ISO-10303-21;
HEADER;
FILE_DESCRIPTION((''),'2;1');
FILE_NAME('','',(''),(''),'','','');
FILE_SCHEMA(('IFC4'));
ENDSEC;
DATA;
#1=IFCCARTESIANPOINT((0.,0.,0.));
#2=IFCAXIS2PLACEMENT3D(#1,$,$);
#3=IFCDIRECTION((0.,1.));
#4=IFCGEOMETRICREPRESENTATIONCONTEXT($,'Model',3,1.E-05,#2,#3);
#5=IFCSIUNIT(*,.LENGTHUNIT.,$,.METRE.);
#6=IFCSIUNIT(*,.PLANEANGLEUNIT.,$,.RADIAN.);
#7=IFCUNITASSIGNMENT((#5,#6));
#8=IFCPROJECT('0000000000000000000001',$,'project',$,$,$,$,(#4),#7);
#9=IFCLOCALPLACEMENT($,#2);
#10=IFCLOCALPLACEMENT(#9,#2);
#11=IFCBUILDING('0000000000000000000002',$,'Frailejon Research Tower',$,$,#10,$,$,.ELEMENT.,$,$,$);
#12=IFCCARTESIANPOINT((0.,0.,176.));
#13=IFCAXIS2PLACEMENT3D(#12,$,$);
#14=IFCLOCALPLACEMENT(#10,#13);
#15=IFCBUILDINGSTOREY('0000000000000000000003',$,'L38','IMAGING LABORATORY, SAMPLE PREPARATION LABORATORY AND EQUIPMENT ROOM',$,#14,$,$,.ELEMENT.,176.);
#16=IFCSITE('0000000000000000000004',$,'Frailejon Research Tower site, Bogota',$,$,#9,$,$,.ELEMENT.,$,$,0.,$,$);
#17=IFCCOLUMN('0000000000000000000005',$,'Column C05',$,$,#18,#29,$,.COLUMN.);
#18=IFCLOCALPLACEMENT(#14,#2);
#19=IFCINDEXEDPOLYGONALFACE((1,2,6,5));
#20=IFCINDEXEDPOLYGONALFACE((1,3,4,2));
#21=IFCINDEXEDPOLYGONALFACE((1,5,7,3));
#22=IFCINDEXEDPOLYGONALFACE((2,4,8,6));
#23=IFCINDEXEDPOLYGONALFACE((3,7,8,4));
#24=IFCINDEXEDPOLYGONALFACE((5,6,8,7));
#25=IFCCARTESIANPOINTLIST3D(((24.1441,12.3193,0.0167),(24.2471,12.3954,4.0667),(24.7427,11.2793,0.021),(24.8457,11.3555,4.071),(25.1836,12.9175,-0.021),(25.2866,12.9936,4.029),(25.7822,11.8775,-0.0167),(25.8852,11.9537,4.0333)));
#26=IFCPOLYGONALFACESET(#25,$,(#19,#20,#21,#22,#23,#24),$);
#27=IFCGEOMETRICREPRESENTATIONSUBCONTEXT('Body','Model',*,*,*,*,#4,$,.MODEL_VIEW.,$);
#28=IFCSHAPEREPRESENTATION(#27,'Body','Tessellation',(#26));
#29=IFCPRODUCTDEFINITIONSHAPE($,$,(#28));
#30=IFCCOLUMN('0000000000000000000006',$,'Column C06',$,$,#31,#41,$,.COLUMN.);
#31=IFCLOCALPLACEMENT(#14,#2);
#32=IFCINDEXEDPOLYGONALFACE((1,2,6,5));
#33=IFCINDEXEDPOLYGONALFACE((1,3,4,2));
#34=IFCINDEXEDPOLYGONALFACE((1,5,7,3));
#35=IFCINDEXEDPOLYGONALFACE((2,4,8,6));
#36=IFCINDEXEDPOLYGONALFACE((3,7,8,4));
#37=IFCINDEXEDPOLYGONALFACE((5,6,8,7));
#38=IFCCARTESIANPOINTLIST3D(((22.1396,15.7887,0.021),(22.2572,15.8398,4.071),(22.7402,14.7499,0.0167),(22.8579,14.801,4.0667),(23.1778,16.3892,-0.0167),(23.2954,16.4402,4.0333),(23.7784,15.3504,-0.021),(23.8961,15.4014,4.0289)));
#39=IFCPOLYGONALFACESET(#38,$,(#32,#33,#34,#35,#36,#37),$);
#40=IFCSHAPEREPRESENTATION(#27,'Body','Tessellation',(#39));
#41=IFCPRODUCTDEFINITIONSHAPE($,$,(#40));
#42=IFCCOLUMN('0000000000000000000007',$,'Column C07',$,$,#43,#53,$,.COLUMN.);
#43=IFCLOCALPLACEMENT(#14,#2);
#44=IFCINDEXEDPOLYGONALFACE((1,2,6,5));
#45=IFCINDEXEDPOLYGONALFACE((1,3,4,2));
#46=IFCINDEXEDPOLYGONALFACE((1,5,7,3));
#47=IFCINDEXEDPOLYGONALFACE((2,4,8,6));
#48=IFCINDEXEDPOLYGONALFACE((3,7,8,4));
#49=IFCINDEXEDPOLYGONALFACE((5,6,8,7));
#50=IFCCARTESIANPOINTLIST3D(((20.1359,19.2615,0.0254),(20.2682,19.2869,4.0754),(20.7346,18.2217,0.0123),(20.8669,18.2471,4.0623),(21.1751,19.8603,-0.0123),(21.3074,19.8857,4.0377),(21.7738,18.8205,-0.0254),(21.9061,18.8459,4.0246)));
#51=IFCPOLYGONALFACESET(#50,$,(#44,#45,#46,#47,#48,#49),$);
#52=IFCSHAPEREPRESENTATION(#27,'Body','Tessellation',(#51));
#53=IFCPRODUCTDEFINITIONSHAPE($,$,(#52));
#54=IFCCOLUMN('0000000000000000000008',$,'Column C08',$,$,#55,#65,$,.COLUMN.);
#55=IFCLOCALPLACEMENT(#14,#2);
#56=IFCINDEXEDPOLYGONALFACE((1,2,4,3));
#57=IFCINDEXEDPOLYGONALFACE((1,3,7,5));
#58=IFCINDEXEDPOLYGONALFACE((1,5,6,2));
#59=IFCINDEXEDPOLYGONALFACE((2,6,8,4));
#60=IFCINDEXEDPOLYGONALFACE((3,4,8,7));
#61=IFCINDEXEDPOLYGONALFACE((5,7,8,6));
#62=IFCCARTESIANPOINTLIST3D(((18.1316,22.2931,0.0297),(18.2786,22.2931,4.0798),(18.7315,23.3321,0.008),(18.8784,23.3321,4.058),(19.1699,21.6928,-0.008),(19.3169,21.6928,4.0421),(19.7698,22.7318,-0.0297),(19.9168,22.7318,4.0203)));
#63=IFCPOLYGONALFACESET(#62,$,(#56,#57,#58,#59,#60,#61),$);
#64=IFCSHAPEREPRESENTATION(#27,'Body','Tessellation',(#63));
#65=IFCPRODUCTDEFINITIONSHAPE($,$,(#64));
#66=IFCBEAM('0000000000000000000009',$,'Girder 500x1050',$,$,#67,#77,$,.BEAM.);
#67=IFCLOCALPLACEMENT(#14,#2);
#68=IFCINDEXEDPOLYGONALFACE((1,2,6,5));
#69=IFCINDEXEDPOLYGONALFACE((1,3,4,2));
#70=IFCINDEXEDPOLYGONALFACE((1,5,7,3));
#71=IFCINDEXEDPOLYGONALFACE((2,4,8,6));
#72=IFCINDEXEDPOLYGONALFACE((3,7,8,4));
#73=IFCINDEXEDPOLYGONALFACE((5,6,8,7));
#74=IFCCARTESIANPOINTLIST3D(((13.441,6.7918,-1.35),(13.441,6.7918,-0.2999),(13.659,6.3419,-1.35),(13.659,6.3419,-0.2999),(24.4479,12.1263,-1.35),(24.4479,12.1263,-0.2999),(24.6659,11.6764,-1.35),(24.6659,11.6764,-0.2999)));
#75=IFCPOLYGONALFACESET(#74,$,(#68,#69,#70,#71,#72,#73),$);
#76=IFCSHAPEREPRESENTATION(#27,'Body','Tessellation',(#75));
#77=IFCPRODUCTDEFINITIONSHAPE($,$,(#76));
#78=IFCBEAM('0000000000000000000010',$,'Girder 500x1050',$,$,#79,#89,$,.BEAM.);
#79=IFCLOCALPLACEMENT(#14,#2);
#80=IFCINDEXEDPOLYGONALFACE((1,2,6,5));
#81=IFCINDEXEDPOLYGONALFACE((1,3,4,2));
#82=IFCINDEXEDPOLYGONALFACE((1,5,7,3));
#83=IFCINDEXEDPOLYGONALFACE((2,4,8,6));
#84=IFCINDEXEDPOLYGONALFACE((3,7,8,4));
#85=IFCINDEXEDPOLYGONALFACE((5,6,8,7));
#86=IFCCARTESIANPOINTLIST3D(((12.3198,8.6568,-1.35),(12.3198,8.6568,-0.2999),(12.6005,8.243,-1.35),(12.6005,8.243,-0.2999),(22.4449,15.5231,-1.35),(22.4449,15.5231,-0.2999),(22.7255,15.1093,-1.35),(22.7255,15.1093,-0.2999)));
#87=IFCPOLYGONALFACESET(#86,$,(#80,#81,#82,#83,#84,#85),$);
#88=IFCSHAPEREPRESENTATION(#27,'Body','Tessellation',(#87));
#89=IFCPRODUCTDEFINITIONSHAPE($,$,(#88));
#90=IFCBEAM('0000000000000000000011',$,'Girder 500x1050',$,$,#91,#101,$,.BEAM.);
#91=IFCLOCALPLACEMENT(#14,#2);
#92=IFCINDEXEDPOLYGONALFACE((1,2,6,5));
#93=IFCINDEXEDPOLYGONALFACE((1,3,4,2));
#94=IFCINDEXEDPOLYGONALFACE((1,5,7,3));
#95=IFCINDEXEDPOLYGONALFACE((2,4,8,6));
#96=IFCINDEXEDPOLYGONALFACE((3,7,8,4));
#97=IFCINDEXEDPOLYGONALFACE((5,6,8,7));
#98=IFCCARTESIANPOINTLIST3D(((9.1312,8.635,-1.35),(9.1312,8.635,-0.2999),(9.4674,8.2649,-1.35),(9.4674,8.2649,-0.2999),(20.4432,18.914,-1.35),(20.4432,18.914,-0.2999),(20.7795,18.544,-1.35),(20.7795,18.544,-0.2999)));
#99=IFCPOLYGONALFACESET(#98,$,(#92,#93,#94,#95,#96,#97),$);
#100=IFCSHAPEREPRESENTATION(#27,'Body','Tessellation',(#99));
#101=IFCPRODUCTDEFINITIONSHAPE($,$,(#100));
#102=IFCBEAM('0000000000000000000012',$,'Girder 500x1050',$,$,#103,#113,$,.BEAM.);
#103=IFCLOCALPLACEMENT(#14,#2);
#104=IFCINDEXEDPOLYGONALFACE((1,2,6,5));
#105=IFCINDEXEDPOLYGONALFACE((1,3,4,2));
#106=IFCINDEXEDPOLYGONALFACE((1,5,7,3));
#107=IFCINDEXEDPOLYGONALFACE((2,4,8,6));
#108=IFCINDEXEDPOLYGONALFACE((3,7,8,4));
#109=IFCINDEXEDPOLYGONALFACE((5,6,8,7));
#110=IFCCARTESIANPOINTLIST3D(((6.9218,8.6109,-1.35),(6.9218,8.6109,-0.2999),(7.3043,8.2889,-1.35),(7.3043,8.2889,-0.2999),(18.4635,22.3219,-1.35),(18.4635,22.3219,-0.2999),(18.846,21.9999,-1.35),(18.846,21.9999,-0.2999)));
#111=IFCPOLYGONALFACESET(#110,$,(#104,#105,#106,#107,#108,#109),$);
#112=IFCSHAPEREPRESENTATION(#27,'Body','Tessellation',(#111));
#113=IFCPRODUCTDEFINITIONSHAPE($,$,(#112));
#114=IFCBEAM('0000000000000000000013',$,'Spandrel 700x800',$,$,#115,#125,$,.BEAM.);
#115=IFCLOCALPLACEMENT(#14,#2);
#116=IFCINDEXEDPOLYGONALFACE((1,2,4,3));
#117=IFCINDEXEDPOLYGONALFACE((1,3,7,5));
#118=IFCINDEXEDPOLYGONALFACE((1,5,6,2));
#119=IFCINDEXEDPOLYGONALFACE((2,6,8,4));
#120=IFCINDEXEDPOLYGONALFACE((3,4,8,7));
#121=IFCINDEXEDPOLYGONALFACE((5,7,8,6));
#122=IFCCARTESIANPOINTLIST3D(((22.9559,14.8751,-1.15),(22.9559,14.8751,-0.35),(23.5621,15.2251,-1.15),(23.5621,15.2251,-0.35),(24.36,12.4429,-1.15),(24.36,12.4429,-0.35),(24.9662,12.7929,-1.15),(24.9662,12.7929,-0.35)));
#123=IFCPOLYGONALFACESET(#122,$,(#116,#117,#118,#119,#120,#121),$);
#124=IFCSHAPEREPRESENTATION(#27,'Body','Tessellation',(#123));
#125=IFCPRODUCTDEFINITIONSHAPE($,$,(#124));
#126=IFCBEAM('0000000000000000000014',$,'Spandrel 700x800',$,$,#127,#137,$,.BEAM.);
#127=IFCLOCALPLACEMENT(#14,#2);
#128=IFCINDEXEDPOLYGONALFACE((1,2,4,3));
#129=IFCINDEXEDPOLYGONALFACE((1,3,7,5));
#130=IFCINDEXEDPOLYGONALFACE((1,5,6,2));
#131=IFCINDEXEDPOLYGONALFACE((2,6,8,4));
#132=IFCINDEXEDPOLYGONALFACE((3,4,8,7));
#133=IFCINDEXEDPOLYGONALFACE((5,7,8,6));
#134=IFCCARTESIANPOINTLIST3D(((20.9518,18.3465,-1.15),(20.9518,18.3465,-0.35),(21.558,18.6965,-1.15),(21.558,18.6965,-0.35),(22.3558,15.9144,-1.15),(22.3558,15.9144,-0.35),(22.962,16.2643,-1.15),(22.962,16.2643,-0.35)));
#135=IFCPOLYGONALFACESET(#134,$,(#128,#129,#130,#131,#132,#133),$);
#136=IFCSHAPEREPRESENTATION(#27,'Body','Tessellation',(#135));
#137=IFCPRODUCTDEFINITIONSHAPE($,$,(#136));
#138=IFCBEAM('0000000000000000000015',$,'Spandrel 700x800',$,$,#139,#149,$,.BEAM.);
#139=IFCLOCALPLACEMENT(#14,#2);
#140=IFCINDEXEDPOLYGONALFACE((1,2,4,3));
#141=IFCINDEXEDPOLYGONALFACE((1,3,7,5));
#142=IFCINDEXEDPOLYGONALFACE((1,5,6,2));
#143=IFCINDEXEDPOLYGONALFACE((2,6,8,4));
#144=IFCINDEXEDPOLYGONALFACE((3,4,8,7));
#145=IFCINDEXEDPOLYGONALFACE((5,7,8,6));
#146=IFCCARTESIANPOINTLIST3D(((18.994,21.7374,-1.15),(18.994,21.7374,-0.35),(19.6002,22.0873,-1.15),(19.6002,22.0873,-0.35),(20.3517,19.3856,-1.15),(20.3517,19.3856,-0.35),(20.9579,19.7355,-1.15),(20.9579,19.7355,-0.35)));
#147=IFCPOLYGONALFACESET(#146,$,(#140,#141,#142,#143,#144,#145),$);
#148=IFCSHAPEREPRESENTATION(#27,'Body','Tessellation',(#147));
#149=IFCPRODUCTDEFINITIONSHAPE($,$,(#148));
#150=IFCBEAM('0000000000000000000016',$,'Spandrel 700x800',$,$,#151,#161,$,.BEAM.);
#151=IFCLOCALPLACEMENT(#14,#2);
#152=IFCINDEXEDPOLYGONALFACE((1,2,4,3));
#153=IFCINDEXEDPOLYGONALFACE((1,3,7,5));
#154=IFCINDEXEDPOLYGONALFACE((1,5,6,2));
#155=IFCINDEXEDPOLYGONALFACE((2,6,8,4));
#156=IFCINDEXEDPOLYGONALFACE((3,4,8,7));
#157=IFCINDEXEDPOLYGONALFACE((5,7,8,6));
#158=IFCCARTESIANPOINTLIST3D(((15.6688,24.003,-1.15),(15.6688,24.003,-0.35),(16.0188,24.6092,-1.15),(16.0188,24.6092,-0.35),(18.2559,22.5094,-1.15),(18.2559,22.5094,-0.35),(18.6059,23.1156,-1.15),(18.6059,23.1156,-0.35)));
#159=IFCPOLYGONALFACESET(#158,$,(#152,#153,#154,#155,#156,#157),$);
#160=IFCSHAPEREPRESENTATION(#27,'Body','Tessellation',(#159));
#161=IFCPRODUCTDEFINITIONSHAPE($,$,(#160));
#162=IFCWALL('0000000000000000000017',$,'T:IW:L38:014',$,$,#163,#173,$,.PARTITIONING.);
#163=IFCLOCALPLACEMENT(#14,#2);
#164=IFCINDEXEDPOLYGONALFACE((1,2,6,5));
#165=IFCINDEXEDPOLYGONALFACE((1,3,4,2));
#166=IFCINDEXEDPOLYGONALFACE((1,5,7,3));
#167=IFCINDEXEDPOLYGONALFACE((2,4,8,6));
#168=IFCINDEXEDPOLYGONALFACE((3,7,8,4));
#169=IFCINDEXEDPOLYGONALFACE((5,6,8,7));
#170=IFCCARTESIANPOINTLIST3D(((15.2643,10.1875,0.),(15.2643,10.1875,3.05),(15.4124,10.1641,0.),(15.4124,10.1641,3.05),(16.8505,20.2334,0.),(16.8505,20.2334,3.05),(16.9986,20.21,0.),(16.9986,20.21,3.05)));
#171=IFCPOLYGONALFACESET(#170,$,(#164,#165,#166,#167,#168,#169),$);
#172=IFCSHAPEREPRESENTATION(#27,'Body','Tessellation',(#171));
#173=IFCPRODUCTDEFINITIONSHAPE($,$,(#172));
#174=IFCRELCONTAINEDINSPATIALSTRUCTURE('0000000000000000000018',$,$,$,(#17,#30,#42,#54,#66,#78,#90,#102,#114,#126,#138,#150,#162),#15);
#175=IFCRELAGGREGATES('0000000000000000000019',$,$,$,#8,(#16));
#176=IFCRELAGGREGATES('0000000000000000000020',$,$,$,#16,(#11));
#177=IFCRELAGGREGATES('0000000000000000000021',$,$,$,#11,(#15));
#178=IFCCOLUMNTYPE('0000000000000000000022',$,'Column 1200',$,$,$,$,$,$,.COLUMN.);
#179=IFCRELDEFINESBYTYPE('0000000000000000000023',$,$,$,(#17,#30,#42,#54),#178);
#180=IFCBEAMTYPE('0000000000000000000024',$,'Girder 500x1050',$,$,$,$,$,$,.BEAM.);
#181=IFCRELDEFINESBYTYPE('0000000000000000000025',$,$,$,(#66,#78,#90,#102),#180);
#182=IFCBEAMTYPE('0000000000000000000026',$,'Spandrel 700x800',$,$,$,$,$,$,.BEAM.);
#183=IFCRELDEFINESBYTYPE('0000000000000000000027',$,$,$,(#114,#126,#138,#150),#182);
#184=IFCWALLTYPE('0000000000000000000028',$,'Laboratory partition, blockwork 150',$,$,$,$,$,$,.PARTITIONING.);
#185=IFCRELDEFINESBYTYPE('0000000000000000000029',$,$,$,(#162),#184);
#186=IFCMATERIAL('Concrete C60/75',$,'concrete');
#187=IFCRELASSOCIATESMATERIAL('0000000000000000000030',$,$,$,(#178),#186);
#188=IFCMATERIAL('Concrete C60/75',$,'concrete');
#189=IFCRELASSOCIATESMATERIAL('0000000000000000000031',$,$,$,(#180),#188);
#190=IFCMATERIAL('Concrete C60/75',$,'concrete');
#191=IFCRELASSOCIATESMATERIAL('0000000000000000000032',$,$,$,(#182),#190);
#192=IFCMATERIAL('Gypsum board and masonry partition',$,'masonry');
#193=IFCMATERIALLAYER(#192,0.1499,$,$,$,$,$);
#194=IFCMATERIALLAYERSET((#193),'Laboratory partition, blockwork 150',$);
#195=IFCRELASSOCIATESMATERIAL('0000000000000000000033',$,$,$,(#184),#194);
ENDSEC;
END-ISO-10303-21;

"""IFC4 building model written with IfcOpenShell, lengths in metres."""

from ifc_helpers import new_model, si_unit, direction, frame, frame_2d, origin, origin_2d, place, context, subcontext, project, spatial, rectangle, extrude, material, layer, layer_set, material_profile, profile_set, type_object, element, save


model = new_model("IFC4")

# Units and contexts
model_context = context("Model", 3, precision=1e-05, world=origin(), true_north=direction((0.0, 1.0)))
body_context = subcontext(model_context, "Body", "Model", "MODEL_VIEW")
ifc_project = project(units=[si_unit("LENGTHUNIT", "METRE"), si_unit("PLANEANGLEUNIT", "RADIAN")], contexts=[model_context])

# Site, building, storey
site_placement = place(None, origin())
site = spatial("IfcSite", under=ifc_project, at=site_placement, Name="Frailejon Research Tower site, Bogota", CompositionType="ELEMENT", RefElevation=0.0)
building_placement = place(site_placement, origin())
building = spatial("IfcBuilding", under=site, at=building_placement, Name="Frailejon Research Tower", CompositionType="ELEMENT")
storey_placement = place(building_placement, frame((0.0, 0.0, 176.0)))
storey = spatial("IfcBuildingStorey", under=building, at=storey_placement, Name="L38", Description="IMAGING LABORATORY, SAMPLE PREPARATION LABORATORY AND EQUIPMENT ROOM", CompositionType="ELEMENT", Elevation=176.0)

# Columns
ifc_material_1 = material(Name="Concrete C60/75", Category="concrete")
ifc_material_profile_1 = material_profile(ifc_material_1, rectangle(XDim=1.2, YDim=1.2, at=origin_2d()), Name="Column 1200")
ifc_profile_set_1 = profile_set([ifc_material_profile_1], Name="Concrete C60/75")
column_type = type_object("IfcColumnType", Name="Column 1200", PredefinedType="COLUMN", material=ifc_profile_set_1)
for number, where, z_axis, x_axis, name in (
    (1, (24.9631, 12.0984, 0.0), (0.025426, 0.018798, 0.9995), (-0.498883, 0.866662, -0.003609), "Column C05"),
    (2, (22.959, 15.5696, 0.0), (0.029041, 0.012592, 0.999499), (-0.500555, 0.865697, 0.003637), "Column C06"),
):
    element("IfcColumn", number, at=place(storey_placement, frame(where, z_axis=z_axis, x_axis=x_axis)), inside=storey, type_object=column_type, Name=name, PredefinedType="COLUMN", context=body_context, shape_type="SweptSolid", body=[
        extrude(rectangle(XDim=1.2, YDim=1.2, at=origin_2d()), origin(), (0.0, 0.0, 1.0), 4.052),
    ])
column_1_placement = place(storey_placement, frame((20.9548, 19.041, 0.0), z_axis=(0.032654, 0.006266, 0.999447), x_axis=(-0.498938, 0.86657, 0.010869)))
element("IfcColumn", 3, at=column_1_placement, inside=storey, type_object=column_type, Name="Column C07", PredefinedType="COLUMN", context=body_context, shape_type="SweptSolid", body=[
    extrude(rectangle(XDim=1.2, YDim=1.2, at=origin_2d()), origin(), (0.0, 0.0, 1.0), 4.0522),
])
column_2_placement = place(storey_placement, frame((18.9507, 22.5125, 0.0), z_axis=(0.036265, 0.0, 0.999342), x_axis=(-0.865314, 0.500246, 0.031401)))
element("IfcColumn", 4, at=column_2_placement, inside=storey, type_object=column_type, Name="Column C08", PredefinedType="COLUMN", context=body_context, shape_type="SweptSolid", body=[
    extrude(rectangle(XDim=1.2, YDim=1.2, at=origin_2d()), origin(), (0.0, 0.0, 1.0), 4.0527),
])

# Beams
ifc_material_2 = material(Name="Concrete C60/75", Category="concrete")
ifc_material_profile_2 = material_profile(ifc_material_2, rectangle(XDim=0.5, YDim=1.05, at=origin_2d()), Name="Girder 500x1050")
ifc_profile_set_2 = profile_set([ifc_material_profile_2], Name="Concrete C60/75")
beam_type_1 = type_object("IfcBeamType", Name="Girder 500x1050", PredefinedType="BEAM", material=ifc_profile_set_2)
beam_1_placement = place(storey_placement, frame((24.5569, 11.9014, -0.825), z_axis=(-0.899884, -0.43613, 0.0), x_axis=(0.43613, -0.899884, 0.0)))
element("IfcBeam", 5, at=beam_1_placement, inside=storey, type_object=beam_type_1, Name="Girder 500x1050", PredefinedType="BEAM", context=body_context, shape_type="SweptSolid", body=[
    extrude(rectangle(XDim=0.5, YDim=1.05, at=origin_2d()), origin(), (0.0, 0.0, 1.0), 12.2314),
])
beam_2_placement = place(storey_placement, frame((22.5852, 15.3162, -0.825), z_axis=(-0.82764, -0.561259, 0.0), x_axis=(0.561259, -0.82764, 0.0)))
element("IfcBeam", 6, at=beam_2_placement, inside=storey, type_object=beam_type_1, Name="Girder 500x1050", PredefinedType="BEAM", context=body_context, shape_type="SweptSolid", body=[
    extrude(rectangle(XDim=0.5, YDim=1.05, at=origin_2d()), origin(), (0.0, 0.0, 1.0), 12.2336),
])
beam_3_placement = place(storey_placement, frame((20.6113, 18.729, -0.825), z_axis=(-0.74009, -0.672508, 0.0), x_axis=(0.672508, -0.74009, 0.0)))
element("IfcBeam", 7, at=beam_3_placement, inside=storey, type_object=beam_type_1, Name="Girder 500x1050", PredefinedType="BEAM", context=body_context, shape_type="SweptSolid", body=[
    extrude(rectangle(XDim=0.5, YDim=1.05, at=origin_2d()), origin(), (0.0, 0.0, 1.0), 15.2847),
])
beam_4_placement = place(storey_placement, frame((18.6548, 22.1609, -0.825), z_axis=(-0.643995, -0.76503, 0.0), x_axis=(0.76503, -0.643995, 0.0)))
element("IfcBeam", 8, at=beam_4_placement, inside=storey, type_object=beam_type_1, Name="Girder 500x1050", PredefinedType="BEAM", context=body_context, shape_type="SweptSolid", body=[
    extrude(rectangle(XDim=0.5, YDim=1.05, at=origin_2d()), origin(), (0.0, 0.0, 1.0), 17.9221),
])
ifc_material_3 = material(Name="Concrete C60/75", Category="concrete")
ifc_material_profile_3 = material_profile(ifc_material_3, rectangle(XDim=0.7, YDim=0.8, at=origin_2d()), Name="Spandrel 700x800")
ifc_profile_set_3 = profile_set([ifc_material_profile_3], Name="Concrete C60/75")
beam_type_2 = type_object("IfcBeamType", Name="Spandrel 700x800", PredefinedType="BEAM", material=ifc_profile_set_3)
for number, where, z_axis, x_axis, name in (
    (9, (24.6631, 12.6179, -0.75), (-0.499963, 0.866047, 0.0), (-0.866047, -0.499963, 0.0), "Spandrel 700x800"),
    (10, (22.6589, 16.0894, -0.75), (-0.499963, 0.866047, 0.0), (-0.866047, -0.499963, 0.0), "Spandrel 700x800"),
):
    element("IfcBeam", number, at=place(storey_placement, frame(where, z_axis=z_axis, x_axis=x_axis)), inside=storey, type_object=beam_type_2, Name=name, PredefinedType="BEAM", context=body_context, shape_type="SweptSolid", body=[
        extrude(rectangle(XDim=0.7, YDim=0.8, at=origin_2d()), origin(), (0.0, 0.0, 1.0), 2.8083),
    ])
beam_5_placement = place(storey_placement, frame((20.6548, 19.5605, -0.75), z_axis=(-0.499959, 0.866049, 0.0), x_axis=(-0.866049, -0.499959, 0.0)))
element("IfcBeam", 11, at=beam_5_placement, inside=storey, type_object=beam_type_2, Name="Spandrel 700x800", PredefinedType="BEAM", context=body_context, shape_type="SweptSolid", body=[
    extrude(rectangle(XDim=0.7, YDim=0.8, at=origin_2d()), origin(), (0.0, 0.0, 1.0), 2.7156),
])
beam_6_placement = place(storey_placement, frame((18.4309, 22.8125, -0.75), z_axis=(-0.866032, 0.499989, 0.0), x_axis=(-0.499989, -0.866032, 0.0)))
element("IfcBeam", 12, at=beam_6_placement, inside=storey, type_object=beam_type_2, Name="Spandrel 700x800", PredefinedType="BEAM", context=body_context, shape_type="SweptSolid", body=[
    extrude(rectangle(XDim=0.7, YDim=0.8, at=origin_2d()), origin(), (0.0, 0.0, 1.0), 2.9873),
])

# Wall
ifc_material_4 = material(Name="Gypsum board and masonry partition", Category="masonry")
ifc_layer_1 = layer(ifc_material_4, 0.1499)
ifc_layer_set_1 = layer_set([ifc_layer_1], Name="Laboratory partition, blockwork 150")
wall_type_1 = type_object("IfcWallType", Name="Laboratory partition, blockwork 150", PredefinedType="PARTITIONING", material=ifc_layer_set_1)
wall_1_placement = place(storey_placement, frame((15.3384, 10.1758, 0.0), z_axis=(0.0, 0.0, 1.0), x_axis=(0.155961, 0.987763, 0.0)))
element("IfcWall", 13, at=wall_1_placement, inside=storey, type_object=wall_type_1, Name="T:IW:L38:014", PredefinedType="PARTITIONING", context=body_context, shape_type="SweptSolid", body=[
    extrude(rectangle(XDim=10.1704, YDim=0.1499, at=frame_2d((5.0852, 0.0))), origin(), (0.0, 0.0, 1.0), 3.05),
])

save(model, "model.ifc")
